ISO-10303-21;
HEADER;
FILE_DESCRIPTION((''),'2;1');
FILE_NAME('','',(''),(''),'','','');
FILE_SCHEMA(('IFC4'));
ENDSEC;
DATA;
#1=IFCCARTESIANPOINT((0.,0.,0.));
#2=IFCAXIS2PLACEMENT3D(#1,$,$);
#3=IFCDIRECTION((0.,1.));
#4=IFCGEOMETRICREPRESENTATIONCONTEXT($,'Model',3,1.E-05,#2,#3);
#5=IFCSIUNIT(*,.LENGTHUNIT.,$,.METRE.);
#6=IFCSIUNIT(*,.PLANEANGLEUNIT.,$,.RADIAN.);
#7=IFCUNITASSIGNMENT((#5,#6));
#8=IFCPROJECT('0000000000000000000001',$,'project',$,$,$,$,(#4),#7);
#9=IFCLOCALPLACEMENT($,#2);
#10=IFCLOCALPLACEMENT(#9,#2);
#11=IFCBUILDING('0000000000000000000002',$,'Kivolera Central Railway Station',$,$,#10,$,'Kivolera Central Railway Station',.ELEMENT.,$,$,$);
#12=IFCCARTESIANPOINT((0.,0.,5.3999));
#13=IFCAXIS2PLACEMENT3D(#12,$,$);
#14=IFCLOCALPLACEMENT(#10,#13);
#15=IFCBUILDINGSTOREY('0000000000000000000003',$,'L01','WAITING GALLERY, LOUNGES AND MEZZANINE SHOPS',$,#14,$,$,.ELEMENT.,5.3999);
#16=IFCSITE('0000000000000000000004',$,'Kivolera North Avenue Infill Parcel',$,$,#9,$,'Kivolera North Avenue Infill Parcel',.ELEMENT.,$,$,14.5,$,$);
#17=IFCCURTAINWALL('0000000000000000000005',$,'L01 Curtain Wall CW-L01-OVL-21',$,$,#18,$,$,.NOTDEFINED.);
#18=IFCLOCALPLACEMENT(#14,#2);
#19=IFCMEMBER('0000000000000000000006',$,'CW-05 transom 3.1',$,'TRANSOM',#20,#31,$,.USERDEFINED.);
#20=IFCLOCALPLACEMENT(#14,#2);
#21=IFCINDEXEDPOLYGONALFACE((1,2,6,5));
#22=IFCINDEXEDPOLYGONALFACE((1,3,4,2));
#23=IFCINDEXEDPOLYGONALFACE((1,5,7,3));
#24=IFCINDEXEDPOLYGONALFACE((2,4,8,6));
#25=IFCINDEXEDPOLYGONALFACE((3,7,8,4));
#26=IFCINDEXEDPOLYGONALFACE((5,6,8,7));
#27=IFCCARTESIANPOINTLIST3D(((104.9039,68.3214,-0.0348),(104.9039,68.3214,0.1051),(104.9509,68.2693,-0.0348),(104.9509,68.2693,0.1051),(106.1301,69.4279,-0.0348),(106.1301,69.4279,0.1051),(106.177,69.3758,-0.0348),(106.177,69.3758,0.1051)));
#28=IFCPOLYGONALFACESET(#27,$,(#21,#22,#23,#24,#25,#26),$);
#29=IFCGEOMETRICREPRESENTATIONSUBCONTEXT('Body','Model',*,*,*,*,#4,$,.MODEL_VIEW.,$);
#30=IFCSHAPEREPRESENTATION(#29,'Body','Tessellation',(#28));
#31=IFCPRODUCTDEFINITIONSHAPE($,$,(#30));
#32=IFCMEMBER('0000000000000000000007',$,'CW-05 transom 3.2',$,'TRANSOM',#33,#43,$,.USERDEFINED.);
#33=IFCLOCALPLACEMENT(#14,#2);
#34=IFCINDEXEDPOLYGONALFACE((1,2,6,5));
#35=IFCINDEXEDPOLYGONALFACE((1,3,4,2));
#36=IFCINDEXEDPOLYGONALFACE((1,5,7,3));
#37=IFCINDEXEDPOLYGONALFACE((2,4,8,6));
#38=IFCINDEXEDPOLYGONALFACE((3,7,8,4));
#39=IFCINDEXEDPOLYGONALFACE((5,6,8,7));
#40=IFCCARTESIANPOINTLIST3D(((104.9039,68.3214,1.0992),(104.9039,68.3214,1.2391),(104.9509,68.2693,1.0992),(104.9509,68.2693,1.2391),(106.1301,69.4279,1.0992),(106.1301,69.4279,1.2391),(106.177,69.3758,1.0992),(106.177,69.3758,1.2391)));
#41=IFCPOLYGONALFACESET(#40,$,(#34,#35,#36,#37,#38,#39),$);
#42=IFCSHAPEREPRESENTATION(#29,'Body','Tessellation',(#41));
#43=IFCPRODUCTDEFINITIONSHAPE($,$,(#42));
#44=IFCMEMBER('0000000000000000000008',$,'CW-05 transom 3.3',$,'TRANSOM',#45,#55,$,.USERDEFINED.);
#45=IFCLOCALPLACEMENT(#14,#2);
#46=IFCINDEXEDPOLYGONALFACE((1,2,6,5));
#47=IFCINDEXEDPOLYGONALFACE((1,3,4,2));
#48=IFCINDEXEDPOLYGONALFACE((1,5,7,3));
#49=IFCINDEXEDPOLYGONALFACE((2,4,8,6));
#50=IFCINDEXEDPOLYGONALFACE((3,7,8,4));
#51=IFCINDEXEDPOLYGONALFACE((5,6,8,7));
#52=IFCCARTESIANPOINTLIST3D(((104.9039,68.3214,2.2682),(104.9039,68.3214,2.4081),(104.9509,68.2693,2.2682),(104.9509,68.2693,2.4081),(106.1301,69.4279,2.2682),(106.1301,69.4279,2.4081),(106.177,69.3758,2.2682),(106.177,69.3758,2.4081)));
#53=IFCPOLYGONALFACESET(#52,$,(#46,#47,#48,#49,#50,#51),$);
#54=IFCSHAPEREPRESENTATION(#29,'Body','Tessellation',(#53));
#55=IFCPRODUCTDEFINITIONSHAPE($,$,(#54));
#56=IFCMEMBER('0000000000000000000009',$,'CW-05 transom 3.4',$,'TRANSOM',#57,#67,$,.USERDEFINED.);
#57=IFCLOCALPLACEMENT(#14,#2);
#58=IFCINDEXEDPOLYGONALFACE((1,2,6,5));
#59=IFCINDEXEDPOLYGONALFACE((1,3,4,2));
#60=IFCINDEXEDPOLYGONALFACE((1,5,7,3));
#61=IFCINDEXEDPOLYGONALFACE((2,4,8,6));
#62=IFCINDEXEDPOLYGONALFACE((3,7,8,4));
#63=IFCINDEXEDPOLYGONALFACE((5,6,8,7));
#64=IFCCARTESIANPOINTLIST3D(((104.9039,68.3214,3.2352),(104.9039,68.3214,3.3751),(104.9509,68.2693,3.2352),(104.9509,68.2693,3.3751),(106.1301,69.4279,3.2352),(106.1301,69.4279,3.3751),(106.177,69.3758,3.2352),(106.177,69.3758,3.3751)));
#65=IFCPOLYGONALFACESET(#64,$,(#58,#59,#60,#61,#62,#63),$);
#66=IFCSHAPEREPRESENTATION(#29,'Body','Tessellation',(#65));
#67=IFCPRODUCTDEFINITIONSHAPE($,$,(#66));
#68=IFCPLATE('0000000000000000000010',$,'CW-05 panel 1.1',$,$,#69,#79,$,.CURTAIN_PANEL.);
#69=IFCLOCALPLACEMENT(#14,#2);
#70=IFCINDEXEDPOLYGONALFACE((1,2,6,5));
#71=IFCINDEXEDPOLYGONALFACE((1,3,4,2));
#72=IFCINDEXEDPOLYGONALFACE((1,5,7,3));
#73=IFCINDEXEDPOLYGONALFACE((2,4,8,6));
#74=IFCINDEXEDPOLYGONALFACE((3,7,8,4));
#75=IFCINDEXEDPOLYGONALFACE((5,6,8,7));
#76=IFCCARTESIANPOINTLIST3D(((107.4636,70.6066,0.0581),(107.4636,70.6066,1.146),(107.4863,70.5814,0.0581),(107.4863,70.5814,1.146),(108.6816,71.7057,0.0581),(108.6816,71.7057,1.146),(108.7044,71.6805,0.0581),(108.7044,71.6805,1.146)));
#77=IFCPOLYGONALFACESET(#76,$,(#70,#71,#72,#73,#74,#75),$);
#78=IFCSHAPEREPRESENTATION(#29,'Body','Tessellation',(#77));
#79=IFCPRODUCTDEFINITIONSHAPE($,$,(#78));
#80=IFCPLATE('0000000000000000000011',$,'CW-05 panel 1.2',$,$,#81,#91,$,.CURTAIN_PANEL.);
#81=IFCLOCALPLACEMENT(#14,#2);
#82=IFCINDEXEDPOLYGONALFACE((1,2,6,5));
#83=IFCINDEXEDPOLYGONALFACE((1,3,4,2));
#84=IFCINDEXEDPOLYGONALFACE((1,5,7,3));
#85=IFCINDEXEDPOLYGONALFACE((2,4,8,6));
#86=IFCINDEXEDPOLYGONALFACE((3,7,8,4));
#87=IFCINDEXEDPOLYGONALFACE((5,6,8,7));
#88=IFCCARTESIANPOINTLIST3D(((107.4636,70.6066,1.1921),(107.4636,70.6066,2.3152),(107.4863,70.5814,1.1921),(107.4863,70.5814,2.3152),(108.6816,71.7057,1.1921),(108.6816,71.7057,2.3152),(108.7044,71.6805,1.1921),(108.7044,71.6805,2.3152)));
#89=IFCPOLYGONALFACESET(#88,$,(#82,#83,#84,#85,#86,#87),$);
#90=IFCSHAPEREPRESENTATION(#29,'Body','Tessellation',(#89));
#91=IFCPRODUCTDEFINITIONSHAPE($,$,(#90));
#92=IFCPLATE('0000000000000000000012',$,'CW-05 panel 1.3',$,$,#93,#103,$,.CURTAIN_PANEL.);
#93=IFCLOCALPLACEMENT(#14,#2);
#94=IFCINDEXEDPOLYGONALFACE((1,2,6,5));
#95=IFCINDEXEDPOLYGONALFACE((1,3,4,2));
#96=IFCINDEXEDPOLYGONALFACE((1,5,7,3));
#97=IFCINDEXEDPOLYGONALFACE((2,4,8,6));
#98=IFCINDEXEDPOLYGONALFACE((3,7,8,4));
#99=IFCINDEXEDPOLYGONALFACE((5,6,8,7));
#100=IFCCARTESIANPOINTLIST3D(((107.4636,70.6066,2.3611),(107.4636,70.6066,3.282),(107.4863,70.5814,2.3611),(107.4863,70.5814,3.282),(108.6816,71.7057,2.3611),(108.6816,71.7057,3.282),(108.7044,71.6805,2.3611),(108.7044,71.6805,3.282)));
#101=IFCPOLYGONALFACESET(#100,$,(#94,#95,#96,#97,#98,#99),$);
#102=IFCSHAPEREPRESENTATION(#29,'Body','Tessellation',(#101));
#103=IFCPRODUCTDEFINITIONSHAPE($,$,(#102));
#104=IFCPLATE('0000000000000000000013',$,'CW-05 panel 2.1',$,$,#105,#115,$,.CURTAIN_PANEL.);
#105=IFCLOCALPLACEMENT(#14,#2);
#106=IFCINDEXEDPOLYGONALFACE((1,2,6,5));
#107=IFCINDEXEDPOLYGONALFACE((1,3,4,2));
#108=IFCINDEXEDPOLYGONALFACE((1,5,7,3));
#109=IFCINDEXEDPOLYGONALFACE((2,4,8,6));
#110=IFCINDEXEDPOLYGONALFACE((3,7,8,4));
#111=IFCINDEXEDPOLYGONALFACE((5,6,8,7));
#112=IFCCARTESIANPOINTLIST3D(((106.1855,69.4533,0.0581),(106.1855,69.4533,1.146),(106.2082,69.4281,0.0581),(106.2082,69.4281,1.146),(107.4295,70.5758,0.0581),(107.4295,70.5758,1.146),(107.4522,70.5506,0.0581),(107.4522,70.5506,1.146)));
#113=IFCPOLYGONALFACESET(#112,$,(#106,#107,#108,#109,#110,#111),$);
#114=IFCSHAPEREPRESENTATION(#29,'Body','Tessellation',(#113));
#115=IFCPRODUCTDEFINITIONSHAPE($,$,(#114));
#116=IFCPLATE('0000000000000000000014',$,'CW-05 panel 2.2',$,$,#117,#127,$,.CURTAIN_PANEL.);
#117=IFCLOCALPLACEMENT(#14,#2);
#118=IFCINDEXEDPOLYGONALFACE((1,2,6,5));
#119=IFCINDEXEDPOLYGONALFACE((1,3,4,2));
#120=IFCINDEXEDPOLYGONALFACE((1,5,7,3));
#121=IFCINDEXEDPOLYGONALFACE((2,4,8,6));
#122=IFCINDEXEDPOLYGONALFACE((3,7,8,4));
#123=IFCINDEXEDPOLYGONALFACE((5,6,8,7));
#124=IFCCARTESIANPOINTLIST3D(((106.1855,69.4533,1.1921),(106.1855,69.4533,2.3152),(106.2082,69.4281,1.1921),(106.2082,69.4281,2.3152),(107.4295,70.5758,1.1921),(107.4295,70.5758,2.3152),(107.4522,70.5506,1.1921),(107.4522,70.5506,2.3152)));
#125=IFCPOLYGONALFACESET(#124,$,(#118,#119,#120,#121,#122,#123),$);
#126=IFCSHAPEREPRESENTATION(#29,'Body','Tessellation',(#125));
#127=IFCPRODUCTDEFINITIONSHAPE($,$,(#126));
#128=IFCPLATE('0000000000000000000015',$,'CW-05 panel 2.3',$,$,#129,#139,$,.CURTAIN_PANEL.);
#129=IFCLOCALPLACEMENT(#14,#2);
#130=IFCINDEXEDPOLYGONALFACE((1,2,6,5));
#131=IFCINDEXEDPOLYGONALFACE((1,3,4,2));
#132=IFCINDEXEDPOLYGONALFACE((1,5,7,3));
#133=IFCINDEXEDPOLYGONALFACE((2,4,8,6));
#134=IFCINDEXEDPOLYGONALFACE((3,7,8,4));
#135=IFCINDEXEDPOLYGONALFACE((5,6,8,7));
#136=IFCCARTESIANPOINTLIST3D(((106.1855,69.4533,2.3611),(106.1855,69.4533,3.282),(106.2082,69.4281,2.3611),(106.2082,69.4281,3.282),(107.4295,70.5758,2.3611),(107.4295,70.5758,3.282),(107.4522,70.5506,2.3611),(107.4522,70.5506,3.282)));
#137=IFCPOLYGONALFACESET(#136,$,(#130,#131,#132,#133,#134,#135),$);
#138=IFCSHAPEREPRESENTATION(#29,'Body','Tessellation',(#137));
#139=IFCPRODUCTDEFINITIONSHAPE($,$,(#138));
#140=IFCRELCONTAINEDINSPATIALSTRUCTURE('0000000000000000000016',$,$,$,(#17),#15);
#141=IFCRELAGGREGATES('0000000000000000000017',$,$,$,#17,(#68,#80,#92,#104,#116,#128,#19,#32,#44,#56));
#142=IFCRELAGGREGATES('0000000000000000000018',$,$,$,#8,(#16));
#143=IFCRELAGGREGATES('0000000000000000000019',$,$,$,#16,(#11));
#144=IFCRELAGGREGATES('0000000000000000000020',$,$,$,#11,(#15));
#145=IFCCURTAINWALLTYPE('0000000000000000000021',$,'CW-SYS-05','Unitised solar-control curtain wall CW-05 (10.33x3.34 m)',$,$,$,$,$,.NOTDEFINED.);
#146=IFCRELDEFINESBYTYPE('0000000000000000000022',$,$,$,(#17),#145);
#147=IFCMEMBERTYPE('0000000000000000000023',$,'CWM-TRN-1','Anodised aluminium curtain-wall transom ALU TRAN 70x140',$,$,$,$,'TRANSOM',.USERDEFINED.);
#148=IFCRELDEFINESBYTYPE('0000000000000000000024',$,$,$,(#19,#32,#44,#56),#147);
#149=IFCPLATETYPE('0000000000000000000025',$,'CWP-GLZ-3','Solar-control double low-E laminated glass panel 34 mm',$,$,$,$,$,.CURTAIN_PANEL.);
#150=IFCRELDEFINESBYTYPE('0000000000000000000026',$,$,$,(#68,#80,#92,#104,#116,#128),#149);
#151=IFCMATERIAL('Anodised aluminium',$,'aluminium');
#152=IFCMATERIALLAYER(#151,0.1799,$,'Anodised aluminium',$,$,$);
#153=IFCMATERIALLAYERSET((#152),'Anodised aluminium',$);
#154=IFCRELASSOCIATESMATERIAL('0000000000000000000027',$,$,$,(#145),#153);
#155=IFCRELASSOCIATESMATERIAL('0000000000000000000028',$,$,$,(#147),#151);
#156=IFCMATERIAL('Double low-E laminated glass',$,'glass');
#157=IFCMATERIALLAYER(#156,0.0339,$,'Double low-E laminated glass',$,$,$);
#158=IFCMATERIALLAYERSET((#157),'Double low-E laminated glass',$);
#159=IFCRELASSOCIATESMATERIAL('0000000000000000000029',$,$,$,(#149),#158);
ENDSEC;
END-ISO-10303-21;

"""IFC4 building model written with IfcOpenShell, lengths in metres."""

from ifc_helpers import new_model, si_unit, direction, frame, origin, origin_2d, place, context, subcontext, project, spatial, rectangle, extrude, material, layer, layer_set, material_profile, profile_set, type_object, element, aggregate, save


model = new_model("IFC4")

# Units and contexts
model_context = context("Model", 3, precision=1e-05, world=origin(), true_north=direction((0.0, 1.0)))
body_context = subcontext(model_context, "Body", "Model", "MODEL_VIEW")
ifc_project = project(units=[si_unit("LENGTHUNIT", "METRE"), si_unit("PLANEANGLEUNIT", "RADIAN")], contexts=[model_context])

# Site, building, storey
site_placement = place(None, origin())
site = spatial("IfcSite", under=ifc_project, at=site_placement, Name="Kivolera North Avenue Infill Parcel", LongName="Kivolera North Avenue Infill Parcel", CompositionType="ELEMENT", RefElevation=14.5)
building_placement = place(site_placement, origin())
building = spatial("IfcBuilding", under=site, at=building_placement, Name="Kivolera Central Railway Station", LongName="Kivolera Central Railway Station", CompositionType="ELEMENT")
storey_placement = place(building_placement, frame((0.0, 0.0, 5.3999)))
storey = spatial("IfcBuildingStorey", under=building, at=storey_placement, Name="L01", Description="WAITING GALLERY, LOUNGES AND MEZZANINE SHOPS", CompositionType="ELEMENT", Elevation=5.3999)

# Curtain wall, members, plates
ifc_material_1 = material(Name="Anodised aluminium", Category="aluminium")
ifc_layer_1 = layer(ifc_material_1, 0.1799, Name="Anodised aluminium")
ifc_layer_set_1 = layer_set([ifc_layer_1], Name="Anodised aluminium")
curtain_wall_type = type_object("IfcCurtainWallType", Name="CW-SYS-05", Description="Unitised solar-control curtain wall CW-05 (10.33x3.34 m)", PredefinedType="NOTDEFINED", material=ifc_layer_set_1)
curtain_wall_placement = place(storey_placement, origin())
curtain_wall = element("IfcCurtainWall", 1, at=curtain_wall_placement, inside=storey, type_object=curtain_wall_type, Name="L01 Curtain Wall CW-L01-OVL-21", PredefinedType="NOTDEFINED")
ifc_material_profile_1 = material_profile(ifc_material_1, rectangle(XDim=0.0701, YDim=0.1399, at=origin_2d()), Name="ALU TRAN 70x140")
ifc_profile_set_1 = profile_set([ifc_material_profile_1], Name="Anodised aluminium")
member_type_1 = type_object("IfcMemberType", Name="CWM-TRN-1", Description="Anodised aluminium curtain-wall transom ALU TRAN 70x140", ElementType="TRANSOM", PredefinedType="USERDEFINED", material=ifc_profile_set_1)
member_1_placement = place(storey_placement, frame((106.1536, 69.4019, 0.0352), z_axis=(-0.742397, -0.669961, 0.0), x_axis=(0.669961, -0.742397, 0.0)))
member_1 = element("IfcMember", 2, at=member_1_placement, type_object=member_type_1, Name="CW-05 transom 3.1", ObjectType="TRANSOM", PredefinedType="USERDEFINED", context=body_context, shape_type="SweptSolid", body=[
    extrude(rectangle(XDim=0.0701, YDim=0.1399, at=origin_2d()), origin(), (0.0, 0.0, 1.0), 1.6516),
])
member_2_placement = place(storey_placement, frame((106.1536, 69.4019, 1.1692), z_axis=(-0.742397, -0.669961, 0.0), x_axis=(0.669961, -0.742397, 0.0)))
member_2 = element("IfcMember", 3, at=member_2_placement, type_object=member_type_1, Name="CW-05 transom 3.2", ObjectType="TRANSOM", PredefinedType="USERDEFINED", context=body_context, shape_type="SweptSolid", body=[
    extrude(rectangle(XDim=0.0701, YDim=0.1399, at=origin_2d()), origin(), (0.0, 0.0, 1.0), 1.6516),
])
member_3_placement = place(storey_placement, frame((106.1536, 69.4019, 2.3381), z_axis=(-0.742397, -0.669961, 0.0), x_axis=(0.669961, -0.742397, 0.0)))
member_3 = element("IfcMember", 4, at=member_3_placement, type_object=member_type_1, Name="CW-05 transom 3.3", ObjectType="TRANSOM", PredefinedType="USERDEFINED", context=body_context, shape_type="SweptSolid", body=[
    extrude(rectangle(XDim=0.0701, YDim=0.1399, at=origin_2d()), origin(), (0.0, 0.0, 1.0), 1.6516),
])
member_4_placement = place(storey_placement, frame((106.1536, 69.4019, 3.3052), z_axis=(-0.742397, -0.669961, 0.0), x_axis=(0.669961, -0.742397, 0.0)))
member_4 = element("IfcMember", 5, at=member_4_placement, type_object=member_type_1, Name="CW-05 transom 3.4", ObjectType="TRANSOM", PredefinedType="USERDEFINED", context=body_context, shape_type="SweptSolid", body=[
    extrude(rectangle(XDim=0.0701, YDim=0.1399, at=origin_2d()), origin(), (0.0, 0.0, 1.0), 1.6516),
])
ifc_material_2 = material(Name="Double low-E laminated glass", Category="glass")
ifc_layer_2 = layer(ifc_material_2, 0.0339, Name="Double low-E laminated glass")
ifc_layer_set_2 = layer_set([ifc_layer_2], Name="Double low-E laminated glass")
plate_type = type_object("IfcPlateType", Name="CWP-GLZ-3", Description="Solar-control double low-E laminated glass panel 34 mm", PredefinedType="CURTAIN_PANEL", material=ifc_layer_set_2)
plate_1_placement = place(storey_placement, frame((108.084, 71.1436, 0.0581), z_axis=(0.0, 0.0, 1.0), x_axis=(-0.742432, -0.669922, 0.0)))
plate_1 = element("IfcPlate", 6, at=plate_1_placement, type_object=plate_type, Name="CW-05 panel 1.1", PredefinedType="CURTAIN_PANEL", context=body_context, shape_type="SweptSolid", body=[
    extrude(rectangle(XDim=1.6406, YDim=0.0339, at=origin_2d()), origin(), (0.0, 0.0, 1.0), 1.0879),
])
plate_2_placement = place(storey_placement, frame((108.084, 71.1436, 1.1921), z_axis=(0.0, 0.0, 1.0), x_axis=(-0.742432, -0.669922, 0.0)))
plate_2 = element("IfcPlate", 7, at=plate_2_placement, type_object=plate_type, Name="CW-05 panel 1.2", PredefinedType="CURTAIN_PANEL", context=body_context, shape_type="SweptSolid", body=[
    extrude(rectangle(XDim=1.6406, YDim=0.0339, at=origin_2d()), origin(), (0.0, 0.0, 1.0), 1.123),
])
plate_3_placement = place(storey_placement, frame((108.084, 71.1436, 2.3611), z_axis=(0.0, 0.0, 1.0), x_axis=(-0.742432, -0.669922, 0.0)))
plate_3 = element("IfcPlate", 8, at=plate_3_placement, type_object=plate_type, Name="CW-05 panel 1.3", PredefinedType="CURTAIN_PANEL", context=body_context, shape_type="SweptSolid", body=[
    extrude(rectangle(XDim=1.6406, YDim=0.0339, at=origin_2d()), origin(), (0.0, 0.0, 1.0), 0.9209),
])
plate_4_placement = place(storey_placement, frame((106.8188, 70.002, 0.0581), z_axis=(0.0, 0.0, 1.0), x_axis=(-0.742432, -0.669922, 0.0)))
plate_4 = element("IfcPlate", 9, at=plate_4_placement, type_object=plate_type, Name="CW-05 panel 2.1", PredefinedType="CURTAIN_PANEL", context=body_context, shape_type="SweptSolid", body=[
    extrude(rectangle(XDim=1.6755, YDim=0.0339, at=origin_2d()), origin(), (0.0, 0.0, 1.0), 1.0879),
])
plate_5_placement = place(storey_placement, frame((106.8188, 70.002, 1.1921), z_axis=(0.0, 0.0, 1.0), x_axis=(-0.742432, -0.669922, 0.0)))
plate_5 = element("IfcPlate", 10, at=plate_5_placement, type_object=plate_type, Name="CW-05 panel 2.2", PredefinedType="CURTAIN_PANEL", context=body_context, shape_type="SweptSolid", body=[
    extrude(rectangle(XDim=1.6755, YDim=0.0339, at=origin_2d()), origin(), (0.0, 0.0, 1.0), 1.123),
])
plate_6_placement = place(storey_placement, frame((106.8188, 70.002, 2.3611), z_axis=(0.0, 0.0, 1.0), x_axis=(-0.742432, -0.669922, 0.0)))
plate_6 = element("IfcPlate", 11, at=plate_6_placement, type_object=plate_type, Name="CW-05 panel 2.3", PredefinedType="CURTAIN_PANEL", context=body_context, shape_type="SweptSolid", body=[
    extrude(rectangle(XDim=1.6755, YDim=0.0339, at=origin_2d()), origin(), (0.0, 0.0, 1.0), 0.9209),
])
aggregate(curtain_wall, [plate_1, plate_2, plate_3, plate_4, plate_5, plate_6, member_1, member_2, member_3, member_4])

save(model, "model.ifc")
